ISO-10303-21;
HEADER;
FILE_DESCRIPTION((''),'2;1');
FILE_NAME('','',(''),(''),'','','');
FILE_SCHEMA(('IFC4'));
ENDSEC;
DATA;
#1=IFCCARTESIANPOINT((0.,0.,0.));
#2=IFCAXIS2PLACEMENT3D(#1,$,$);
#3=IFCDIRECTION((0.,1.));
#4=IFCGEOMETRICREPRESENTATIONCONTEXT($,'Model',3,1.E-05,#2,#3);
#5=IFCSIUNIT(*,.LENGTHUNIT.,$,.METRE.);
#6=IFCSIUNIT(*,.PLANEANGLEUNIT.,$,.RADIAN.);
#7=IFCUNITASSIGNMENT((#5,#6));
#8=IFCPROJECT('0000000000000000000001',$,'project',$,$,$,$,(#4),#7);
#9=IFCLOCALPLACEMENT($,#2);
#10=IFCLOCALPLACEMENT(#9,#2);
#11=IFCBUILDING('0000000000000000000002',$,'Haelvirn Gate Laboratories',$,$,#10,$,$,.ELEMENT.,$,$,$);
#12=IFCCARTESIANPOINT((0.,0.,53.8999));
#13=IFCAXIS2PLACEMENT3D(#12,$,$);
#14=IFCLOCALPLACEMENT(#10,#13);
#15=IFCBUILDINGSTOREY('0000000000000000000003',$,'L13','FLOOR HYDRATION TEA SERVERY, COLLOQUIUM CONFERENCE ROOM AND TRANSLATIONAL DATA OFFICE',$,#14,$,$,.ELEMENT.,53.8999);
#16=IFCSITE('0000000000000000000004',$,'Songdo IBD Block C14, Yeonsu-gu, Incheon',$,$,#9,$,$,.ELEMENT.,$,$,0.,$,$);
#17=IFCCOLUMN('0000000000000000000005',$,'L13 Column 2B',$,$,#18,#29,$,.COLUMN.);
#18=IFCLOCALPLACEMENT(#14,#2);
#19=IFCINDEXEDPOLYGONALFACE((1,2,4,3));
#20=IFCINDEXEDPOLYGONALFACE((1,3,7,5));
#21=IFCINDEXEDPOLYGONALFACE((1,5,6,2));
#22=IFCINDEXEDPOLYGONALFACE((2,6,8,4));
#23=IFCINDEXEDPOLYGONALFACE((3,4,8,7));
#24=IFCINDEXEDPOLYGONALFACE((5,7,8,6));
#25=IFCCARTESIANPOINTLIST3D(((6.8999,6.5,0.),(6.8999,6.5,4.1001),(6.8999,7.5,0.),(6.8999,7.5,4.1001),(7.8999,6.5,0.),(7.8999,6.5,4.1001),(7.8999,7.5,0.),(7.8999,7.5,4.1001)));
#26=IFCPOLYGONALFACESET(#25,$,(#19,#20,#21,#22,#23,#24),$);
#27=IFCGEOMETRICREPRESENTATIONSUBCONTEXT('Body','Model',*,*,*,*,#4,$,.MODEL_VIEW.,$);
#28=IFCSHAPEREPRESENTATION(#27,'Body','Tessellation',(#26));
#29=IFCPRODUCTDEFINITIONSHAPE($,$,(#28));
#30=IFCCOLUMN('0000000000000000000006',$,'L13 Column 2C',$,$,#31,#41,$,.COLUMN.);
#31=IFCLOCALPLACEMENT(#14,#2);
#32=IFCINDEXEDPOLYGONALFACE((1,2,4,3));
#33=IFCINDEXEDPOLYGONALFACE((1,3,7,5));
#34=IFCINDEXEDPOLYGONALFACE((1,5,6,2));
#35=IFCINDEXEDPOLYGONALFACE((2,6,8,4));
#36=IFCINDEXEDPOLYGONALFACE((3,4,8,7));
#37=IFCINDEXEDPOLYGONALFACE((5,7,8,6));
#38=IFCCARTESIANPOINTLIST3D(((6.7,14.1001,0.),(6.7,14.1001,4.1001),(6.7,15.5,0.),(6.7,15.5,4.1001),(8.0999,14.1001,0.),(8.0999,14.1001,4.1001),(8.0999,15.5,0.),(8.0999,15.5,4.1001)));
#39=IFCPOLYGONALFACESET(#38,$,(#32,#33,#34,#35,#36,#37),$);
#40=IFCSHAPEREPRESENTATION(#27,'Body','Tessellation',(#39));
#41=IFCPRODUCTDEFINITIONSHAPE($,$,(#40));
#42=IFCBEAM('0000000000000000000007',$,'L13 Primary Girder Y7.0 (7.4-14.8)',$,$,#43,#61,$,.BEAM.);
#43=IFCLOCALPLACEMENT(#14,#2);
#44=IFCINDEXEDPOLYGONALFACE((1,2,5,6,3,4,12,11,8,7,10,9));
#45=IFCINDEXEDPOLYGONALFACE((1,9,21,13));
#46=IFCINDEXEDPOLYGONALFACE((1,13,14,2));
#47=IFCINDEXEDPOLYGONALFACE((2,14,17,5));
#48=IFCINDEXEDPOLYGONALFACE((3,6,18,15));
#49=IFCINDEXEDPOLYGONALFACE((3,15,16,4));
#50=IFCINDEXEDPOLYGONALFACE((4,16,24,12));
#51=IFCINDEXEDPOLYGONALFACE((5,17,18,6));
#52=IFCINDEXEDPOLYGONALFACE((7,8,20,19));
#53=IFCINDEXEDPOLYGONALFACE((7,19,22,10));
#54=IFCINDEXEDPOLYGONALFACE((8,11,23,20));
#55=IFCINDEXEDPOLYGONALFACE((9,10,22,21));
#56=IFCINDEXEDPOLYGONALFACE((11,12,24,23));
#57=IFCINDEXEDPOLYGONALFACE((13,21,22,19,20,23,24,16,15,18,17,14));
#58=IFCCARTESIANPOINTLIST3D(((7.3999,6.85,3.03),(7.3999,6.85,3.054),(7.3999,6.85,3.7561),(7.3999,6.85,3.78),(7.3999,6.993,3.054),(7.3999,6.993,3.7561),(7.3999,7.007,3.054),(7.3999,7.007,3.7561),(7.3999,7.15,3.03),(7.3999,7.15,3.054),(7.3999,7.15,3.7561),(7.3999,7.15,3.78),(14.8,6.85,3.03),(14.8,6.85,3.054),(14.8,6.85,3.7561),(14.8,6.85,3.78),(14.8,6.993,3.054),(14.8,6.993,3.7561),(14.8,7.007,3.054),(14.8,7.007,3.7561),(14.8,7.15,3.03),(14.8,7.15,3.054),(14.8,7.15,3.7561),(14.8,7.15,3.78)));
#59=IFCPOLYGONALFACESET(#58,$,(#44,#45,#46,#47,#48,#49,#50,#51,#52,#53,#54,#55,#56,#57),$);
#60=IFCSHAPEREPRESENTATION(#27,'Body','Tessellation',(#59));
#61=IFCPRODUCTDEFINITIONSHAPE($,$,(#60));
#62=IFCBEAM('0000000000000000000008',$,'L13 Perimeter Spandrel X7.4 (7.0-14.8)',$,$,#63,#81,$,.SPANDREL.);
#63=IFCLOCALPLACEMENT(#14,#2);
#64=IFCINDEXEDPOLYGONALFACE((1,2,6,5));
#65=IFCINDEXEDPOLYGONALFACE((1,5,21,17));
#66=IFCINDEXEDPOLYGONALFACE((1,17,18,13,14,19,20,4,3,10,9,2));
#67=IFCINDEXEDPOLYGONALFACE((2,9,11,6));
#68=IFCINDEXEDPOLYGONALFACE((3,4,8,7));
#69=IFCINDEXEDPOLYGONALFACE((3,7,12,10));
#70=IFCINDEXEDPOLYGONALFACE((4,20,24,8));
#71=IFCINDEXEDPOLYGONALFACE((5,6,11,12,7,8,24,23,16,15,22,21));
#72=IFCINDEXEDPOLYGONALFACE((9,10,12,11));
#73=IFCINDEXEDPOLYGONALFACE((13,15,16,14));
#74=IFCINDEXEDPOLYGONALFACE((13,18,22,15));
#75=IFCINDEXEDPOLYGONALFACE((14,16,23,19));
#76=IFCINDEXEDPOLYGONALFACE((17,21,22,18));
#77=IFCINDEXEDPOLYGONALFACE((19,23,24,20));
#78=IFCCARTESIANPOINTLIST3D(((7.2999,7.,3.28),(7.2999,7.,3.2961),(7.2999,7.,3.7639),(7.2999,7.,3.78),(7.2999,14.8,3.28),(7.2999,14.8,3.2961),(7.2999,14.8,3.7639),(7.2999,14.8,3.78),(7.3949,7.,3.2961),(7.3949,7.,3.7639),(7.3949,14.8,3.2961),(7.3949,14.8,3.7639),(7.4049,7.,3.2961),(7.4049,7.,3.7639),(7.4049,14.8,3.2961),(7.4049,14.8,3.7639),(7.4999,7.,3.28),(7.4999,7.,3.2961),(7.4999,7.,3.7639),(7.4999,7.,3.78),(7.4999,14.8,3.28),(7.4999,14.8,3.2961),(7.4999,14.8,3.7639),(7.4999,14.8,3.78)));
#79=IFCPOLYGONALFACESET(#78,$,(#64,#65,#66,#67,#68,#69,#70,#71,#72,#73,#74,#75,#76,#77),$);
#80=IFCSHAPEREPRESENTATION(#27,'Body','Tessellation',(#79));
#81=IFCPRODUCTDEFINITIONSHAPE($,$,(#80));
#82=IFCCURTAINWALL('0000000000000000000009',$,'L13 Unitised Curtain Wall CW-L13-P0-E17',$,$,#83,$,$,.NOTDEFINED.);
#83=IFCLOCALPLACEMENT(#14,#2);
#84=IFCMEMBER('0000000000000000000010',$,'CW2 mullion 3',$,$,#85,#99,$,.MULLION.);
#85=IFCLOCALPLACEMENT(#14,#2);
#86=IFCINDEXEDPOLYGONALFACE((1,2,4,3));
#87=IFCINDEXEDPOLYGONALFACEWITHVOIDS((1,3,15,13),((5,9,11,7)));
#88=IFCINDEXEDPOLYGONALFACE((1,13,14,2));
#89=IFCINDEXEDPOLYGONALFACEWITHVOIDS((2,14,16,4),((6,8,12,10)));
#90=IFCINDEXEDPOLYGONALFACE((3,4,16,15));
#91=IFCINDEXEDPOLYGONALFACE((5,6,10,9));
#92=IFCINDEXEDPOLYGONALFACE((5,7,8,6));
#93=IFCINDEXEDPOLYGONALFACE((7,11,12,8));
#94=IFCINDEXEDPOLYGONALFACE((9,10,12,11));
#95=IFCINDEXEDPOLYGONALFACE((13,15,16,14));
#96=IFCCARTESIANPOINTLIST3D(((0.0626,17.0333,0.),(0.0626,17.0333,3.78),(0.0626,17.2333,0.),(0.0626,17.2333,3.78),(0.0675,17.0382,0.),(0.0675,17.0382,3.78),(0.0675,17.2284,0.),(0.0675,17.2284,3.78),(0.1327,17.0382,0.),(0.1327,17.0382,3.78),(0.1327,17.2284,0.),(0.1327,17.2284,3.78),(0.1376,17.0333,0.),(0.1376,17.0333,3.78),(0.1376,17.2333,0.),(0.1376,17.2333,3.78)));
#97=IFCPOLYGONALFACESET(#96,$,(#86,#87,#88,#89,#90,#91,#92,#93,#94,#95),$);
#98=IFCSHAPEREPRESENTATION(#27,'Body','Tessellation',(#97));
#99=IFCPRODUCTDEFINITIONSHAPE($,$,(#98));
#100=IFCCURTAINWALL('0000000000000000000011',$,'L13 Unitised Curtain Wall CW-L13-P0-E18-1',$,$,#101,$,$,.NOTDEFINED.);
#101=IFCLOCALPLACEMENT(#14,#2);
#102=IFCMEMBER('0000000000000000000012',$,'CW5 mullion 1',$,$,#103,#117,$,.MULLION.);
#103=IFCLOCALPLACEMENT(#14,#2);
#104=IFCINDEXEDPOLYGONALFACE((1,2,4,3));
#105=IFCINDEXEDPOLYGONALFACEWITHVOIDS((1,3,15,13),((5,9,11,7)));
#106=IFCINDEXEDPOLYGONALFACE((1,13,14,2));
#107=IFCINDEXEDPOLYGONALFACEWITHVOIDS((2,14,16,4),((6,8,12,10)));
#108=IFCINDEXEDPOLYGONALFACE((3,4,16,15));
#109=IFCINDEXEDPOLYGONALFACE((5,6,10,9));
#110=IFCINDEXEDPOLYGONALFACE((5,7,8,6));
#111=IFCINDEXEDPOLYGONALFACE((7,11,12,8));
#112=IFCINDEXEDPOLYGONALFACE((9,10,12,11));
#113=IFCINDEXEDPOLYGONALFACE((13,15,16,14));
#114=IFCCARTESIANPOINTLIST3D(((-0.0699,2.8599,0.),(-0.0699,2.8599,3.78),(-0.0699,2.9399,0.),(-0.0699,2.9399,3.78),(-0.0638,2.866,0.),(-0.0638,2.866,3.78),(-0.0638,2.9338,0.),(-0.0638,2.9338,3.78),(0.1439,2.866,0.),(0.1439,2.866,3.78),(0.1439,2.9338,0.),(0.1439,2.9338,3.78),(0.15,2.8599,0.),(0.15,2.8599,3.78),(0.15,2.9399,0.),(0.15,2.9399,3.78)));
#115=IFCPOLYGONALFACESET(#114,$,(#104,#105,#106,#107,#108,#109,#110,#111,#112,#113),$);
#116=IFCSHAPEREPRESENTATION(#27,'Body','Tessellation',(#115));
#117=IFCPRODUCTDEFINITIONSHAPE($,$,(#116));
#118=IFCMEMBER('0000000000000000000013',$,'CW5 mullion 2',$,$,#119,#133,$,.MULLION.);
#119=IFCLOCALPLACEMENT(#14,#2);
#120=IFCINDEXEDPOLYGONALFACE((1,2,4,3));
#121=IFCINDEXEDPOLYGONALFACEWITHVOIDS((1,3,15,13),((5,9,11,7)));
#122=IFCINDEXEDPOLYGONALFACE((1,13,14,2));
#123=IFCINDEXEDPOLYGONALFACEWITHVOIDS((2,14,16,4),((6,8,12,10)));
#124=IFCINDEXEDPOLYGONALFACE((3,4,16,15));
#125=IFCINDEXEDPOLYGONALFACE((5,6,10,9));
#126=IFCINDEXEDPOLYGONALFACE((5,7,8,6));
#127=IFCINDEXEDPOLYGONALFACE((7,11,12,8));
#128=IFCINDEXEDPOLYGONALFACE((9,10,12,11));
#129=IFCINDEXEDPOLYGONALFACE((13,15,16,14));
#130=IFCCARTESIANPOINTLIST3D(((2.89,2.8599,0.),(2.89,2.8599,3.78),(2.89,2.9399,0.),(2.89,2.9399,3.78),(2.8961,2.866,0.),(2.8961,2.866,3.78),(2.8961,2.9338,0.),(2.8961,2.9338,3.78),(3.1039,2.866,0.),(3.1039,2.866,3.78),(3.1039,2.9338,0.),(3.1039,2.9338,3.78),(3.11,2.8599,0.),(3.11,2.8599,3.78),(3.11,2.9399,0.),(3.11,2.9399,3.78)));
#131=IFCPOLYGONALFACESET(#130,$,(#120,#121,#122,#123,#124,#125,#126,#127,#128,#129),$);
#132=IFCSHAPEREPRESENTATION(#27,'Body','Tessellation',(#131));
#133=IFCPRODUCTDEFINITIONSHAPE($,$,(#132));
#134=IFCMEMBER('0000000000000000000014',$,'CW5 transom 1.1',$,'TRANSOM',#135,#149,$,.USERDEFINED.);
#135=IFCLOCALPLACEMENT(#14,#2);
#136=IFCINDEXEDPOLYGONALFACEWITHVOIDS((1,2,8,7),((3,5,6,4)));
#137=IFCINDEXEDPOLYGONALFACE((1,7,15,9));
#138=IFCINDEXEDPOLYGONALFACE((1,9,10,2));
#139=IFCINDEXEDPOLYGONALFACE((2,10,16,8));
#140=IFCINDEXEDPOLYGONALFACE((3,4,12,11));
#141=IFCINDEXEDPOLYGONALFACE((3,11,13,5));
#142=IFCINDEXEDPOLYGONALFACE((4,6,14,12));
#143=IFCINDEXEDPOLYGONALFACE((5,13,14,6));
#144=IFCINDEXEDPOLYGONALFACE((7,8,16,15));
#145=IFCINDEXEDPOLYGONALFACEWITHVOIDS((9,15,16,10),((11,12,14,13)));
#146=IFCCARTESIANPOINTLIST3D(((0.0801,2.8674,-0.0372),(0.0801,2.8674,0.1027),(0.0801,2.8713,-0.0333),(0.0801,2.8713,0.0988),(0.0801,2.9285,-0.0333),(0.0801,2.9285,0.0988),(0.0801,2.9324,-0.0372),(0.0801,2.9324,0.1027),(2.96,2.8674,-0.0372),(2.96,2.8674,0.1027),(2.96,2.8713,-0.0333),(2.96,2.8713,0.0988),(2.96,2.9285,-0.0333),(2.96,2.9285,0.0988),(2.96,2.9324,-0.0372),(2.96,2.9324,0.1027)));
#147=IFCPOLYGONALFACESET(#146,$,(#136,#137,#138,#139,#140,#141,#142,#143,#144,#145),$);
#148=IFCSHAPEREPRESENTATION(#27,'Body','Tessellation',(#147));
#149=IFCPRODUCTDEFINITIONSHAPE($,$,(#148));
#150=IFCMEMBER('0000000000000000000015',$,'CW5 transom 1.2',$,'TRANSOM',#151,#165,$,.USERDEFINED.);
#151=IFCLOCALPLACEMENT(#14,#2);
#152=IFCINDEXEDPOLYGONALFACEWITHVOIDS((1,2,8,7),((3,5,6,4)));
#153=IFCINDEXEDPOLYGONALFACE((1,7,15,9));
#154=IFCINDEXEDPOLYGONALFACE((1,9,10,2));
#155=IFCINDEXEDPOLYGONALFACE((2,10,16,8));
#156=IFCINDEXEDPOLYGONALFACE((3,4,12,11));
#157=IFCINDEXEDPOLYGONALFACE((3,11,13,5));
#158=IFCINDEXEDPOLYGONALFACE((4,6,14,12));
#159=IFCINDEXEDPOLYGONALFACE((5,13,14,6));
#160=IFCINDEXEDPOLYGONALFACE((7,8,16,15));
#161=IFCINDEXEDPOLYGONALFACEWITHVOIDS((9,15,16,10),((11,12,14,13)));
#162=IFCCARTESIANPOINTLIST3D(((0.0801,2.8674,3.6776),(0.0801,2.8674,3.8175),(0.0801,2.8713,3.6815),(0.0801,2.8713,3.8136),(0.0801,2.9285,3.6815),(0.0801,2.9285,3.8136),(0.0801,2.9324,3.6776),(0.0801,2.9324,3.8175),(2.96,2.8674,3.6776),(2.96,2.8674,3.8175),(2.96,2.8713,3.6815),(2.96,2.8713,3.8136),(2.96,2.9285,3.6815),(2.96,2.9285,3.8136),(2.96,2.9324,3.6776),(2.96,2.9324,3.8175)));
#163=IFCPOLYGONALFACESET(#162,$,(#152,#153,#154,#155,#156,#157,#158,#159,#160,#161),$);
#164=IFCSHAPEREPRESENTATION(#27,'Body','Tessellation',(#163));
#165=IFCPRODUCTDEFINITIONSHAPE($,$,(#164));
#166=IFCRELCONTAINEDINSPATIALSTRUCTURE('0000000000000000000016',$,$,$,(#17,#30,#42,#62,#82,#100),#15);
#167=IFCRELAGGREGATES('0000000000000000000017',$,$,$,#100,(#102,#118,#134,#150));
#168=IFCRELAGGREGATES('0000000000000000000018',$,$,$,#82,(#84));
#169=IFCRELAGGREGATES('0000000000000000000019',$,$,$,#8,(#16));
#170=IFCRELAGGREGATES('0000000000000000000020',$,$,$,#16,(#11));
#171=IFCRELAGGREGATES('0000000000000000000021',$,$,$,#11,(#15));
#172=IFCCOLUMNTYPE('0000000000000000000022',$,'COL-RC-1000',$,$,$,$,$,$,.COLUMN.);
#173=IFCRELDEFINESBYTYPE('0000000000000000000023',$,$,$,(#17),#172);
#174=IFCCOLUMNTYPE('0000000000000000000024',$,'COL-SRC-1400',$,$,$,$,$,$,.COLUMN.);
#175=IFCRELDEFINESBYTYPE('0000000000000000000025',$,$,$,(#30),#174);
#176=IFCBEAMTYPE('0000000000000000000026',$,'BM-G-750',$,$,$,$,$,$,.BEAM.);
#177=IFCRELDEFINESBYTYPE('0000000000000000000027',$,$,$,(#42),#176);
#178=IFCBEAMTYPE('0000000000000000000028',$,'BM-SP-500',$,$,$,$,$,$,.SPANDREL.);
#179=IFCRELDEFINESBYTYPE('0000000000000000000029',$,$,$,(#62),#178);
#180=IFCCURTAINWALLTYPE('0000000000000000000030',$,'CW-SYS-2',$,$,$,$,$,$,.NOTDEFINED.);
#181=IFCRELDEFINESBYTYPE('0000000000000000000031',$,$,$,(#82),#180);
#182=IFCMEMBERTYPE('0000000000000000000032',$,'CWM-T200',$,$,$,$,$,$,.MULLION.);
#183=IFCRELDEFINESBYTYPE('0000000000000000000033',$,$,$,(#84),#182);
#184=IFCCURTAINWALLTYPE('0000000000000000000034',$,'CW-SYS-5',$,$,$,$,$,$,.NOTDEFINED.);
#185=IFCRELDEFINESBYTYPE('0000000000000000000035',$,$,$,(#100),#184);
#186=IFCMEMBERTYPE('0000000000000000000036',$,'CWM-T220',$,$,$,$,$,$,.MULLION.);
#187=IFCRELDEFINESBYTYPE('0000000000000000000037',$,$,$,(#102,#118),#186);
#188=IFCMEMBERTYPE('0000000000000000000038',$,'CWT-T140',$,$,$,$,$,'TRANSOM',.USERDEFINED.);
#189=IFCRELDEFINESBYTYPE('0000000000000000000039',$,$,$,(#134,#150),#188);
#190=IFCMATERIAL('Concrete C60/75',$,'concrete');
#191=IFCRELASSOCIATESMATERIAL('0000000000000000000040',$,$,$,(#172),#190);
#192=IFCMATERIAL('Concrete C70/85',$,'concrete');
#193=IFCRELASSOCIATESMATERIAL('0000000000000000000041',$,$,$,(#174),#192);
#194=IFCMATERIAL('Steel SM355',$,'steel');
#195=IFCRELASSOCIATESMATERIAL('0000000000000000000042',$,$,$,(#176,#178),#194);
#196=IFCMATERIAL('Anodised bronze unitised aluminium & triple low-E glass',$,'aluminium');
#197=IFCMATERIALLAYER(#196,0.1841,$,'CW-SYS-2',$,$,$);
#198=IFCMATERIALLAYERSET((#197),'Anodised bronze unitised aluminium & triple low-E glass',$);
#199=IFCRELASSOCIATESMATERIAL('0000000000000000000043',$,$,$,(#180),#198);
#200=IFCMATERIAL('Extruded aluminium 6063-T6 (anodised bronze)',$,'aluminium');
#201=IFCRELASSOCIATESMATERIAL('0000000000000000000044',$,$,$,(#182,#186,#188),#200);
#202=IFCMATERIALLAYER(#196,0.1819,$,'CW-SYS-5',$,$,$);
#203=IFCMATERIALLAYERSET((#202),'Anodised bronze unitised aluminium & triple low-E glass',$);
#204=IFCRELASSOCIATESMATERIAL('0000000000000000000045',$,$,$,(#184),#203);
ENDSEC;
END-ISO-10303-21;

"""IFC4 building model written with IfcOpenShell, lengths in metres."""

from ifc_helpers import new_model, si_unit, direction, frame, origin, origin_2d, place, context, subcontext, project, spatial, rectangle, hollow_rectangle, i_section, extrude, source, transform, mapped, material, layer, layer_set, material_profile, profile_set, type_object, type_shapes, element, aggregate, save


model = new_model("IFC4")

# Units and contexts
model_context = context("Model", 3, precision=1e-05, world=origin(), true_north=direction((0.0, 1.0)))
body_context = subcontext(model_context, "Body", "Model", "MODEL_VIEW")
ifc_project = project(units=[si_unit("LENGTHUNIT", "METRE"), si_unit("PLANEANGLEUNIT", "RADIAN")], contexts=[model_context])

# Site, building, storey
site_placement = place(None, origin())
site = spatial("IfcSite", under=ifc_project, at=site_placement, Name="Songdo IBD Block C14, Yeonsu-gu, Incheon", CompositionType="ELEMENT", RefElevation=0.0)
building_placement = place(site_placement, origin())
building = spatial("IfcBuilding", under=site, at=building_placement, Name="Haelvirn Gate Laboratories", CompositionType="ELEMENT")
storey_placement = place(building_placement, frame((0.0, 0.0, 53.8999)))
storey = spatial("IfcBuildingStorey", under=building, at=storey_placement, Name="L13", Description="FLOOR HYDRATION TEA SERVERY, COLLOQUIUM CONFERENCE ROOM AND TRANSLATIONAL DATA OFFICE", CompositionType="ELEMENT", Elevation=53.8999)

# Columns
ifc_material_1 = material(Name="Concrete C60/75", Category="concrete")
ifc_material_profile_1 = material_profile(ifc_material_1, rectangle(XDim=1.0, YDim=1.0, at=origin_2d()), Name="RC-1000x1000")
ifc_profile_set_1 = profile_set([ifc_material_profile_1], Name="Concrete C60/75")
column_type_1 = type_object("IfcColumnType", Name="COL-RC-1000", PredefinedType="COLUMN", material=ifc_profile_set_1)
shared_shape_1 = source(origin(), body_context, "Body", "SweptSolid", [
    extrude(rectangle(XDim=1.0, YDim=1.0, at=origin_2d()), origin(), (0.0, 0.0, 1.0), 4.1001),
])
type_shapes(column_type_1, [shared_shape_1])
column_1_placement = place(storey_placement, frame((7.3999, 7.0, 0.0), z_axis=(0.0, 0.0, 1.0), x_axis=(1.0, 0.0, 0.0)))
element("IfcColumn", 1, at=column_1_placement, inside=storey, type_object=column_type_1, Name="L13 Column 2B", PredefinedType="COLUMN", context=body_context, shape_type="MappedRepresentation", body=[
    mapped(shared_shape_1, transform((0.0, 0.0, 0.0), scale=1.0)),
])
ifc_material_2 = material(Name="Concrete C70/85", Category="concrete")
ifc_material_profile_2 = material_profile(ifc_material_2, rectangle(XDim=1.3999, YDim=1.3999, at=origin_2d()), Name="SRC-1400x1400")
ifc_profile_set_2 = profile_set([ifc_material_profile_2], Name="Concrete C70/85")
column_type_2 = type_object("IfcColumnType", Name="COL-SRC-1400", PredefinedType="COLUMN", material=ifc_profile_set_2)
shared_shape_2 = source(origin(), body_context, "Body", "SweptSolid", [
    extrude(rectangle(XDim=1.3999, YDim=1.3999, at=origin_2d()), origin(), (0.0, 0.0, 1.0), 4.1001),
])
type_shapes(column_type_2, [shared_shape_2])
column_2_placement = place(storey_placement, frame((7.3999, 14.8, 0.0), z_axis=(0.0, 0.0, 1.0), x_axis=(1.0, 0.0, 0.0)))
element("IfcColumn", 2, at=column_2_placement, inside=storey, type_object=column_type_2, Name="L13 Column 2C", PredefinedType="COLUMN", context=body_context, shape_type="MappedRepresentation", body=[
    mapped(shared_shape_2, transform((0.0, 0.0, 0.0), scale=1.0)),
])

# Beams
ifc_material_3 = material(Name="Steel SM355", Category="steel")
ifc_material_profile_3 = material_profile(ifc_material_3, i_section(OverallWidth=0.3, OverallDepth=0.75, WebThickness=0.0139, FlangeThickness=0.0239, at=origin_2d()), Name="H-750x300x14x24")
ifc_profile_set_3 = profile_set([ifc_material_profile_3], Name="Steel SM355")
beam_type_1 = type_object("IfcBeamType", Name="BM-G-750", PredefinedType="BEAM", material=ifc_profile_set_3)
shared_shape_3 = source(origin(), body_context, "Body", "SweptSolid", [
    extrude(i_section(OverallWidth=0.3, OverallDepth=0.75, WebThickness=0.0139, FlangeThickness=0.0239, at=origin_2d()), origin(), (0.0, 0.0, 1.0), 7.4001),
])
type_shapes(beam_type_1, [shared_shape_3])
beam_1_placement = place(storey_placement, frame((7.3999, 7.0, 3.405), z_axis=(1.0, 0.0, 0.0), x_axis=(0.0, 1.0, 0.0)))
element("IfcBeam", 3, at=beam_1_placement, inside=storey, type_object=beam_type_1, Name="L13 Primary Girder Y7.0 (7.4-14.8)", PredefinedType="BEAM", context=body_context, shape_type="MappedRepresentation", body=[
    mapped(shared_shape_3, transform((0.0, 0.0, 0.0), scale=1.0)),
])
ifc_material_profile_4 = material_profile(ifc_material_3, i_section(OverallWidth=0.2, OverallDepth=0.5, WebThickness=0.01, FlangeThickness=0.0161, at=origin_2d()), Name="H-500x200x10x16")
ifc_profile_set_4 = profile_set([ifc_material_profile_4], Name="Steel SM355")
beam_type_2 = type_object("IfcBeamType", Name="BM-SP-500", PredefinedType="SPANDREL", material=ifc_profile_set_4)
shared_shape_4 = source(origin(), body_context, "Body", "SweptSolid", [
    extrude(i_section(OverallWidth=0.2, OverallDepth=0.5, WebThickness=0.01, FlangeThickness=0.0161, at=origin_2d()), origin(), (0.0, 0.0, 1.0), 7.8),
])
type_shapes(beam_type_2, [shared_shape_4])
beam_2_placement = place(storey_placement, frame((7.3999, 7.0, 3.53), z_axis=(0.0, 1.0, 0.0), x_axis=(-1.0, 0.0, 0.0)))
element("IfcBeam", 4, at=beam_2_placement, inside=storey, type_object=beam_type_2, Name="L13 Perimeter Spandrel X7.4 (7.0-14.8)", PredefinedType="SPANDREL", context=body_context, shape_type="MappedRepresentation", body=[
    mapped(shared_shape_4, transform((0.0, 0.0, 0.0), scale=1.0)),
])

# Curtain wall, member
ifc_material_4 = material(Name="Anodised bronze unitised aluminium & triple low-E glass", Category="aluminium")
ifc_layer_1 = layer(ifc_material_4, 0.1841, Name="CW-SYS-2")
ifc_layer_set_1 = layer_set([ifc_layer_1], Name="Anodised bronze unitised aluminium & triple low-E glass")
curtain_wall_type_1 = type_object("IfcCurtainWallType", Name="CW-SYS-2", PredefinedType="NOTDEFINED", material=ifc_layer_set_1)
curtain_wall_1_placement = place(storey_placement, origin())
curtain_wall_1 = element("IfcCurtainWall", 5, at=curtain_wall_1_placement, inside=storey, type_object=curtain_wall_type_1, Name="L13 Unitised Curtain Wall CW-L13-P0-E17", PredefinedType="NOTDEFINED")
ifc_material_5 = material(Name="Extruded aluminium 6063-T6 (anodised bronze)", Category="aluminium")
ifc_material_profile_5 = material_profile(ifc_material_5, hollow_rectangle(XDim=0.075, YDim=0.2, WallThickness=0.0049, at=origin_2d()), Name="CWM-200x75x5")
ifc_profile_set_5 = profile_set([ifc_material_profile_5], Name="Extruded aluminium 6063-T6 (anodised bronze)")
member_type_1 = type_object("IfcMemberType", Name="CWM-T200", PredefinedType="MULLION", material=ifc_profile_set_5)
shared_shape_5 = source(origin(), body_context, "Body", "SweptSolid", [
    extrude(hollow_rectangle(XDim=0.075, YDim=0.2, WallThickness=0.0049, at=origin_2d()), origin(), (0.0, 0.0, 1.0), 3.78),
])
type_shapes(member_type_1, [shared_shape_5])
member_1_placement = place(storey_placement, frame((0.1001, 17.1333, 0.0), z_axis=(0.0, 0.0, 1.0), x_axis=(1.0, 0.0, 0.0)))
member_1 = element("IfcMember", 6, at=member_1_placement, type_object=member_type_1, Name="CW2 mullion 3", PredefinedType="MULLION", context=body_context, shape_type="MappedRepresentation", body=[
    mapped(shared_shape_5, transform((0.0, 0.0, 0.0), scale=1.0)),
])

# Curtain wall, members
ifc_layer_2 = layer(ifc_material_4, 0.1819, Name="CW-SYS-5")
ifc_layer_set_2 = layer_set([ifc_layer_2], Name="Anodised bronze unitised aluminium & triple low-E glass")
curtain_wall_type_2 = type_object("IfcCurtainWallType", Name="CW-SYS-5", PredefinedType="NOTDEFINED", material=ifc_layer_set_2)
curtain_wall_2_placement = place(storey_placement, origin())
curtain_wall_2 = element("IfcCurtainWall", 7, at=curtain_wall_2_placement, inside=storey, type_object=curtain_wall_type_2, Name="L13 Unitised Curtain Wall CW-L13-P0-E18-1", PredefinedType="NOTDEFINED")
ifc_material_profile_6 = material_profile(ifc_material_5, hollow_rectangle(XDim=0.0801, YDim=0.22, WallThickness=0.0061, at=origin_2d()), Name="CWM-220x80x6")
ifc_profile_set_6 = profile_set([ifc_material_profile_6], Name="Extruded aluminium 6063-T6 (anodised bronze)")
member_type_2 = type_object("IfcMemberType", Name="CWM-T220", PredefinedType="MULLION", material=ifc_profile_set_6)
shared_shape_6 = source(origin(), body_context, "Body", "SweptSolid", [
    extrude(hollow_rectangle(XDim=0.0801, YDim=0.22, WallThickness=0.0061, at=origin_2d()), origin(), (0.0, 0.0, 1.0), 3.78),
])
type_shapes(member_type_2, [shared_shape_6])
member_2_placement = place(storey_placement, frame((0.04, 2.8999, 0.0), z_axis=(0.0, 0.0, 1.0), x_axis=(0.0, 1.0, 0.0)))
member_2 = element("IfcMember", 8, at=member_2_placement, type_object=member_type_2, Name="CW5 mullion 1", PredefinedType="MULLION", context=body_context, shape_type="MappedRepresentation", body=[
    mapped(shared_shape_6, transform((0.0, 0.0, 0.0), scale=1.0)),
])
member_3_placement = place(storey_placement, frame((3.0, 2.8999, 0.0), z_axis=(0.0, 0.0, 1.0), x_axis=(0.0, 1.0, 0.0)))
member_3 = element("IfcMember", 9, at=member_3_placement, type_object=member_type_2, Name="CW5 mullion 2", PredefinedType="MULLION", context=body_context, shape_type="MappedRepresentation", body=[
    mapped(shared_shape_6, transform((0.0, 0.0, 0.0), scale=1.0)),
])
ifc_material_profile_7 = material_profile(ifc_material_5, hollow_rectangle(XDim=0.0649, YDim=0.1399, WallThickness=0.0039, at=origin_2d()), Name="CWT-140x65x4")
ifc_profile_set_7 = profile_set([ifc_material_profile_7], Name="Extruded aluminium 6063-T6 (anodised bronze)")
member_type_3 = type_object("IfcMemberType", Name="CWT-T140", ElementType="TRANSOM", PredefinedType="USERDEFINED", material=ifc_profile_set_7)
shared_shape_7 = source(origin(), body_context, "Body", "SweptSolid", [
    extrude(hollow_rectangle(XDim=0.0649, YDim=0.1399, WallThickness=0.0039, at=origin_2d()), origin(), (0.0, 0.0, 1.0), 2.8799),
])
type_shapes(member_type_3, [shared_shape_7])
member_4_placement = place(storey_placement, frame((0.0801, 2.8999, 0.0327), z_axis=(1.0, 0.0, 0.0), x_axis=(0.0, 1.0, 0.0)))
member_4 = element("IfcMember", 10, at=member_4_placement, type_object=member_type_3, Name="CW5 transom 1.1", ObjectType="TRANSOM", PredefinedType="USERDEFINED", context=body_context, shape_type="MappedRepresentation", body=[
    mapped(shared_shape_7, transform((0.0, 0.0, 0.0), scale=1.0)),
])
member_5_placement = place(storey_placement, frame((0.0801, 2.8999, 3.7476), z_axis=(1.0, 0.0, 0.0), x_axis=(0.0, 1.0, 0.0)))
member_5 = element("IfcMember", 11, at=member_5_placement, type_object=member_type_3, Name="CW5 transom 1.2", ObjectType="TRANSOM", PredefinedType="USERDEFINED", context=body_context, shape_type="MappedRepresentation", body=[
    mapped(shared_shape_7, transform((0.0, 0.0, 0.0), scale=1.0)),
])

aggregate(curtain_wall_2, [member_2, member_3, member_4, member_5])
aggregate(curtain_wall_1, [member_1])

save(model, "model.ifc")
